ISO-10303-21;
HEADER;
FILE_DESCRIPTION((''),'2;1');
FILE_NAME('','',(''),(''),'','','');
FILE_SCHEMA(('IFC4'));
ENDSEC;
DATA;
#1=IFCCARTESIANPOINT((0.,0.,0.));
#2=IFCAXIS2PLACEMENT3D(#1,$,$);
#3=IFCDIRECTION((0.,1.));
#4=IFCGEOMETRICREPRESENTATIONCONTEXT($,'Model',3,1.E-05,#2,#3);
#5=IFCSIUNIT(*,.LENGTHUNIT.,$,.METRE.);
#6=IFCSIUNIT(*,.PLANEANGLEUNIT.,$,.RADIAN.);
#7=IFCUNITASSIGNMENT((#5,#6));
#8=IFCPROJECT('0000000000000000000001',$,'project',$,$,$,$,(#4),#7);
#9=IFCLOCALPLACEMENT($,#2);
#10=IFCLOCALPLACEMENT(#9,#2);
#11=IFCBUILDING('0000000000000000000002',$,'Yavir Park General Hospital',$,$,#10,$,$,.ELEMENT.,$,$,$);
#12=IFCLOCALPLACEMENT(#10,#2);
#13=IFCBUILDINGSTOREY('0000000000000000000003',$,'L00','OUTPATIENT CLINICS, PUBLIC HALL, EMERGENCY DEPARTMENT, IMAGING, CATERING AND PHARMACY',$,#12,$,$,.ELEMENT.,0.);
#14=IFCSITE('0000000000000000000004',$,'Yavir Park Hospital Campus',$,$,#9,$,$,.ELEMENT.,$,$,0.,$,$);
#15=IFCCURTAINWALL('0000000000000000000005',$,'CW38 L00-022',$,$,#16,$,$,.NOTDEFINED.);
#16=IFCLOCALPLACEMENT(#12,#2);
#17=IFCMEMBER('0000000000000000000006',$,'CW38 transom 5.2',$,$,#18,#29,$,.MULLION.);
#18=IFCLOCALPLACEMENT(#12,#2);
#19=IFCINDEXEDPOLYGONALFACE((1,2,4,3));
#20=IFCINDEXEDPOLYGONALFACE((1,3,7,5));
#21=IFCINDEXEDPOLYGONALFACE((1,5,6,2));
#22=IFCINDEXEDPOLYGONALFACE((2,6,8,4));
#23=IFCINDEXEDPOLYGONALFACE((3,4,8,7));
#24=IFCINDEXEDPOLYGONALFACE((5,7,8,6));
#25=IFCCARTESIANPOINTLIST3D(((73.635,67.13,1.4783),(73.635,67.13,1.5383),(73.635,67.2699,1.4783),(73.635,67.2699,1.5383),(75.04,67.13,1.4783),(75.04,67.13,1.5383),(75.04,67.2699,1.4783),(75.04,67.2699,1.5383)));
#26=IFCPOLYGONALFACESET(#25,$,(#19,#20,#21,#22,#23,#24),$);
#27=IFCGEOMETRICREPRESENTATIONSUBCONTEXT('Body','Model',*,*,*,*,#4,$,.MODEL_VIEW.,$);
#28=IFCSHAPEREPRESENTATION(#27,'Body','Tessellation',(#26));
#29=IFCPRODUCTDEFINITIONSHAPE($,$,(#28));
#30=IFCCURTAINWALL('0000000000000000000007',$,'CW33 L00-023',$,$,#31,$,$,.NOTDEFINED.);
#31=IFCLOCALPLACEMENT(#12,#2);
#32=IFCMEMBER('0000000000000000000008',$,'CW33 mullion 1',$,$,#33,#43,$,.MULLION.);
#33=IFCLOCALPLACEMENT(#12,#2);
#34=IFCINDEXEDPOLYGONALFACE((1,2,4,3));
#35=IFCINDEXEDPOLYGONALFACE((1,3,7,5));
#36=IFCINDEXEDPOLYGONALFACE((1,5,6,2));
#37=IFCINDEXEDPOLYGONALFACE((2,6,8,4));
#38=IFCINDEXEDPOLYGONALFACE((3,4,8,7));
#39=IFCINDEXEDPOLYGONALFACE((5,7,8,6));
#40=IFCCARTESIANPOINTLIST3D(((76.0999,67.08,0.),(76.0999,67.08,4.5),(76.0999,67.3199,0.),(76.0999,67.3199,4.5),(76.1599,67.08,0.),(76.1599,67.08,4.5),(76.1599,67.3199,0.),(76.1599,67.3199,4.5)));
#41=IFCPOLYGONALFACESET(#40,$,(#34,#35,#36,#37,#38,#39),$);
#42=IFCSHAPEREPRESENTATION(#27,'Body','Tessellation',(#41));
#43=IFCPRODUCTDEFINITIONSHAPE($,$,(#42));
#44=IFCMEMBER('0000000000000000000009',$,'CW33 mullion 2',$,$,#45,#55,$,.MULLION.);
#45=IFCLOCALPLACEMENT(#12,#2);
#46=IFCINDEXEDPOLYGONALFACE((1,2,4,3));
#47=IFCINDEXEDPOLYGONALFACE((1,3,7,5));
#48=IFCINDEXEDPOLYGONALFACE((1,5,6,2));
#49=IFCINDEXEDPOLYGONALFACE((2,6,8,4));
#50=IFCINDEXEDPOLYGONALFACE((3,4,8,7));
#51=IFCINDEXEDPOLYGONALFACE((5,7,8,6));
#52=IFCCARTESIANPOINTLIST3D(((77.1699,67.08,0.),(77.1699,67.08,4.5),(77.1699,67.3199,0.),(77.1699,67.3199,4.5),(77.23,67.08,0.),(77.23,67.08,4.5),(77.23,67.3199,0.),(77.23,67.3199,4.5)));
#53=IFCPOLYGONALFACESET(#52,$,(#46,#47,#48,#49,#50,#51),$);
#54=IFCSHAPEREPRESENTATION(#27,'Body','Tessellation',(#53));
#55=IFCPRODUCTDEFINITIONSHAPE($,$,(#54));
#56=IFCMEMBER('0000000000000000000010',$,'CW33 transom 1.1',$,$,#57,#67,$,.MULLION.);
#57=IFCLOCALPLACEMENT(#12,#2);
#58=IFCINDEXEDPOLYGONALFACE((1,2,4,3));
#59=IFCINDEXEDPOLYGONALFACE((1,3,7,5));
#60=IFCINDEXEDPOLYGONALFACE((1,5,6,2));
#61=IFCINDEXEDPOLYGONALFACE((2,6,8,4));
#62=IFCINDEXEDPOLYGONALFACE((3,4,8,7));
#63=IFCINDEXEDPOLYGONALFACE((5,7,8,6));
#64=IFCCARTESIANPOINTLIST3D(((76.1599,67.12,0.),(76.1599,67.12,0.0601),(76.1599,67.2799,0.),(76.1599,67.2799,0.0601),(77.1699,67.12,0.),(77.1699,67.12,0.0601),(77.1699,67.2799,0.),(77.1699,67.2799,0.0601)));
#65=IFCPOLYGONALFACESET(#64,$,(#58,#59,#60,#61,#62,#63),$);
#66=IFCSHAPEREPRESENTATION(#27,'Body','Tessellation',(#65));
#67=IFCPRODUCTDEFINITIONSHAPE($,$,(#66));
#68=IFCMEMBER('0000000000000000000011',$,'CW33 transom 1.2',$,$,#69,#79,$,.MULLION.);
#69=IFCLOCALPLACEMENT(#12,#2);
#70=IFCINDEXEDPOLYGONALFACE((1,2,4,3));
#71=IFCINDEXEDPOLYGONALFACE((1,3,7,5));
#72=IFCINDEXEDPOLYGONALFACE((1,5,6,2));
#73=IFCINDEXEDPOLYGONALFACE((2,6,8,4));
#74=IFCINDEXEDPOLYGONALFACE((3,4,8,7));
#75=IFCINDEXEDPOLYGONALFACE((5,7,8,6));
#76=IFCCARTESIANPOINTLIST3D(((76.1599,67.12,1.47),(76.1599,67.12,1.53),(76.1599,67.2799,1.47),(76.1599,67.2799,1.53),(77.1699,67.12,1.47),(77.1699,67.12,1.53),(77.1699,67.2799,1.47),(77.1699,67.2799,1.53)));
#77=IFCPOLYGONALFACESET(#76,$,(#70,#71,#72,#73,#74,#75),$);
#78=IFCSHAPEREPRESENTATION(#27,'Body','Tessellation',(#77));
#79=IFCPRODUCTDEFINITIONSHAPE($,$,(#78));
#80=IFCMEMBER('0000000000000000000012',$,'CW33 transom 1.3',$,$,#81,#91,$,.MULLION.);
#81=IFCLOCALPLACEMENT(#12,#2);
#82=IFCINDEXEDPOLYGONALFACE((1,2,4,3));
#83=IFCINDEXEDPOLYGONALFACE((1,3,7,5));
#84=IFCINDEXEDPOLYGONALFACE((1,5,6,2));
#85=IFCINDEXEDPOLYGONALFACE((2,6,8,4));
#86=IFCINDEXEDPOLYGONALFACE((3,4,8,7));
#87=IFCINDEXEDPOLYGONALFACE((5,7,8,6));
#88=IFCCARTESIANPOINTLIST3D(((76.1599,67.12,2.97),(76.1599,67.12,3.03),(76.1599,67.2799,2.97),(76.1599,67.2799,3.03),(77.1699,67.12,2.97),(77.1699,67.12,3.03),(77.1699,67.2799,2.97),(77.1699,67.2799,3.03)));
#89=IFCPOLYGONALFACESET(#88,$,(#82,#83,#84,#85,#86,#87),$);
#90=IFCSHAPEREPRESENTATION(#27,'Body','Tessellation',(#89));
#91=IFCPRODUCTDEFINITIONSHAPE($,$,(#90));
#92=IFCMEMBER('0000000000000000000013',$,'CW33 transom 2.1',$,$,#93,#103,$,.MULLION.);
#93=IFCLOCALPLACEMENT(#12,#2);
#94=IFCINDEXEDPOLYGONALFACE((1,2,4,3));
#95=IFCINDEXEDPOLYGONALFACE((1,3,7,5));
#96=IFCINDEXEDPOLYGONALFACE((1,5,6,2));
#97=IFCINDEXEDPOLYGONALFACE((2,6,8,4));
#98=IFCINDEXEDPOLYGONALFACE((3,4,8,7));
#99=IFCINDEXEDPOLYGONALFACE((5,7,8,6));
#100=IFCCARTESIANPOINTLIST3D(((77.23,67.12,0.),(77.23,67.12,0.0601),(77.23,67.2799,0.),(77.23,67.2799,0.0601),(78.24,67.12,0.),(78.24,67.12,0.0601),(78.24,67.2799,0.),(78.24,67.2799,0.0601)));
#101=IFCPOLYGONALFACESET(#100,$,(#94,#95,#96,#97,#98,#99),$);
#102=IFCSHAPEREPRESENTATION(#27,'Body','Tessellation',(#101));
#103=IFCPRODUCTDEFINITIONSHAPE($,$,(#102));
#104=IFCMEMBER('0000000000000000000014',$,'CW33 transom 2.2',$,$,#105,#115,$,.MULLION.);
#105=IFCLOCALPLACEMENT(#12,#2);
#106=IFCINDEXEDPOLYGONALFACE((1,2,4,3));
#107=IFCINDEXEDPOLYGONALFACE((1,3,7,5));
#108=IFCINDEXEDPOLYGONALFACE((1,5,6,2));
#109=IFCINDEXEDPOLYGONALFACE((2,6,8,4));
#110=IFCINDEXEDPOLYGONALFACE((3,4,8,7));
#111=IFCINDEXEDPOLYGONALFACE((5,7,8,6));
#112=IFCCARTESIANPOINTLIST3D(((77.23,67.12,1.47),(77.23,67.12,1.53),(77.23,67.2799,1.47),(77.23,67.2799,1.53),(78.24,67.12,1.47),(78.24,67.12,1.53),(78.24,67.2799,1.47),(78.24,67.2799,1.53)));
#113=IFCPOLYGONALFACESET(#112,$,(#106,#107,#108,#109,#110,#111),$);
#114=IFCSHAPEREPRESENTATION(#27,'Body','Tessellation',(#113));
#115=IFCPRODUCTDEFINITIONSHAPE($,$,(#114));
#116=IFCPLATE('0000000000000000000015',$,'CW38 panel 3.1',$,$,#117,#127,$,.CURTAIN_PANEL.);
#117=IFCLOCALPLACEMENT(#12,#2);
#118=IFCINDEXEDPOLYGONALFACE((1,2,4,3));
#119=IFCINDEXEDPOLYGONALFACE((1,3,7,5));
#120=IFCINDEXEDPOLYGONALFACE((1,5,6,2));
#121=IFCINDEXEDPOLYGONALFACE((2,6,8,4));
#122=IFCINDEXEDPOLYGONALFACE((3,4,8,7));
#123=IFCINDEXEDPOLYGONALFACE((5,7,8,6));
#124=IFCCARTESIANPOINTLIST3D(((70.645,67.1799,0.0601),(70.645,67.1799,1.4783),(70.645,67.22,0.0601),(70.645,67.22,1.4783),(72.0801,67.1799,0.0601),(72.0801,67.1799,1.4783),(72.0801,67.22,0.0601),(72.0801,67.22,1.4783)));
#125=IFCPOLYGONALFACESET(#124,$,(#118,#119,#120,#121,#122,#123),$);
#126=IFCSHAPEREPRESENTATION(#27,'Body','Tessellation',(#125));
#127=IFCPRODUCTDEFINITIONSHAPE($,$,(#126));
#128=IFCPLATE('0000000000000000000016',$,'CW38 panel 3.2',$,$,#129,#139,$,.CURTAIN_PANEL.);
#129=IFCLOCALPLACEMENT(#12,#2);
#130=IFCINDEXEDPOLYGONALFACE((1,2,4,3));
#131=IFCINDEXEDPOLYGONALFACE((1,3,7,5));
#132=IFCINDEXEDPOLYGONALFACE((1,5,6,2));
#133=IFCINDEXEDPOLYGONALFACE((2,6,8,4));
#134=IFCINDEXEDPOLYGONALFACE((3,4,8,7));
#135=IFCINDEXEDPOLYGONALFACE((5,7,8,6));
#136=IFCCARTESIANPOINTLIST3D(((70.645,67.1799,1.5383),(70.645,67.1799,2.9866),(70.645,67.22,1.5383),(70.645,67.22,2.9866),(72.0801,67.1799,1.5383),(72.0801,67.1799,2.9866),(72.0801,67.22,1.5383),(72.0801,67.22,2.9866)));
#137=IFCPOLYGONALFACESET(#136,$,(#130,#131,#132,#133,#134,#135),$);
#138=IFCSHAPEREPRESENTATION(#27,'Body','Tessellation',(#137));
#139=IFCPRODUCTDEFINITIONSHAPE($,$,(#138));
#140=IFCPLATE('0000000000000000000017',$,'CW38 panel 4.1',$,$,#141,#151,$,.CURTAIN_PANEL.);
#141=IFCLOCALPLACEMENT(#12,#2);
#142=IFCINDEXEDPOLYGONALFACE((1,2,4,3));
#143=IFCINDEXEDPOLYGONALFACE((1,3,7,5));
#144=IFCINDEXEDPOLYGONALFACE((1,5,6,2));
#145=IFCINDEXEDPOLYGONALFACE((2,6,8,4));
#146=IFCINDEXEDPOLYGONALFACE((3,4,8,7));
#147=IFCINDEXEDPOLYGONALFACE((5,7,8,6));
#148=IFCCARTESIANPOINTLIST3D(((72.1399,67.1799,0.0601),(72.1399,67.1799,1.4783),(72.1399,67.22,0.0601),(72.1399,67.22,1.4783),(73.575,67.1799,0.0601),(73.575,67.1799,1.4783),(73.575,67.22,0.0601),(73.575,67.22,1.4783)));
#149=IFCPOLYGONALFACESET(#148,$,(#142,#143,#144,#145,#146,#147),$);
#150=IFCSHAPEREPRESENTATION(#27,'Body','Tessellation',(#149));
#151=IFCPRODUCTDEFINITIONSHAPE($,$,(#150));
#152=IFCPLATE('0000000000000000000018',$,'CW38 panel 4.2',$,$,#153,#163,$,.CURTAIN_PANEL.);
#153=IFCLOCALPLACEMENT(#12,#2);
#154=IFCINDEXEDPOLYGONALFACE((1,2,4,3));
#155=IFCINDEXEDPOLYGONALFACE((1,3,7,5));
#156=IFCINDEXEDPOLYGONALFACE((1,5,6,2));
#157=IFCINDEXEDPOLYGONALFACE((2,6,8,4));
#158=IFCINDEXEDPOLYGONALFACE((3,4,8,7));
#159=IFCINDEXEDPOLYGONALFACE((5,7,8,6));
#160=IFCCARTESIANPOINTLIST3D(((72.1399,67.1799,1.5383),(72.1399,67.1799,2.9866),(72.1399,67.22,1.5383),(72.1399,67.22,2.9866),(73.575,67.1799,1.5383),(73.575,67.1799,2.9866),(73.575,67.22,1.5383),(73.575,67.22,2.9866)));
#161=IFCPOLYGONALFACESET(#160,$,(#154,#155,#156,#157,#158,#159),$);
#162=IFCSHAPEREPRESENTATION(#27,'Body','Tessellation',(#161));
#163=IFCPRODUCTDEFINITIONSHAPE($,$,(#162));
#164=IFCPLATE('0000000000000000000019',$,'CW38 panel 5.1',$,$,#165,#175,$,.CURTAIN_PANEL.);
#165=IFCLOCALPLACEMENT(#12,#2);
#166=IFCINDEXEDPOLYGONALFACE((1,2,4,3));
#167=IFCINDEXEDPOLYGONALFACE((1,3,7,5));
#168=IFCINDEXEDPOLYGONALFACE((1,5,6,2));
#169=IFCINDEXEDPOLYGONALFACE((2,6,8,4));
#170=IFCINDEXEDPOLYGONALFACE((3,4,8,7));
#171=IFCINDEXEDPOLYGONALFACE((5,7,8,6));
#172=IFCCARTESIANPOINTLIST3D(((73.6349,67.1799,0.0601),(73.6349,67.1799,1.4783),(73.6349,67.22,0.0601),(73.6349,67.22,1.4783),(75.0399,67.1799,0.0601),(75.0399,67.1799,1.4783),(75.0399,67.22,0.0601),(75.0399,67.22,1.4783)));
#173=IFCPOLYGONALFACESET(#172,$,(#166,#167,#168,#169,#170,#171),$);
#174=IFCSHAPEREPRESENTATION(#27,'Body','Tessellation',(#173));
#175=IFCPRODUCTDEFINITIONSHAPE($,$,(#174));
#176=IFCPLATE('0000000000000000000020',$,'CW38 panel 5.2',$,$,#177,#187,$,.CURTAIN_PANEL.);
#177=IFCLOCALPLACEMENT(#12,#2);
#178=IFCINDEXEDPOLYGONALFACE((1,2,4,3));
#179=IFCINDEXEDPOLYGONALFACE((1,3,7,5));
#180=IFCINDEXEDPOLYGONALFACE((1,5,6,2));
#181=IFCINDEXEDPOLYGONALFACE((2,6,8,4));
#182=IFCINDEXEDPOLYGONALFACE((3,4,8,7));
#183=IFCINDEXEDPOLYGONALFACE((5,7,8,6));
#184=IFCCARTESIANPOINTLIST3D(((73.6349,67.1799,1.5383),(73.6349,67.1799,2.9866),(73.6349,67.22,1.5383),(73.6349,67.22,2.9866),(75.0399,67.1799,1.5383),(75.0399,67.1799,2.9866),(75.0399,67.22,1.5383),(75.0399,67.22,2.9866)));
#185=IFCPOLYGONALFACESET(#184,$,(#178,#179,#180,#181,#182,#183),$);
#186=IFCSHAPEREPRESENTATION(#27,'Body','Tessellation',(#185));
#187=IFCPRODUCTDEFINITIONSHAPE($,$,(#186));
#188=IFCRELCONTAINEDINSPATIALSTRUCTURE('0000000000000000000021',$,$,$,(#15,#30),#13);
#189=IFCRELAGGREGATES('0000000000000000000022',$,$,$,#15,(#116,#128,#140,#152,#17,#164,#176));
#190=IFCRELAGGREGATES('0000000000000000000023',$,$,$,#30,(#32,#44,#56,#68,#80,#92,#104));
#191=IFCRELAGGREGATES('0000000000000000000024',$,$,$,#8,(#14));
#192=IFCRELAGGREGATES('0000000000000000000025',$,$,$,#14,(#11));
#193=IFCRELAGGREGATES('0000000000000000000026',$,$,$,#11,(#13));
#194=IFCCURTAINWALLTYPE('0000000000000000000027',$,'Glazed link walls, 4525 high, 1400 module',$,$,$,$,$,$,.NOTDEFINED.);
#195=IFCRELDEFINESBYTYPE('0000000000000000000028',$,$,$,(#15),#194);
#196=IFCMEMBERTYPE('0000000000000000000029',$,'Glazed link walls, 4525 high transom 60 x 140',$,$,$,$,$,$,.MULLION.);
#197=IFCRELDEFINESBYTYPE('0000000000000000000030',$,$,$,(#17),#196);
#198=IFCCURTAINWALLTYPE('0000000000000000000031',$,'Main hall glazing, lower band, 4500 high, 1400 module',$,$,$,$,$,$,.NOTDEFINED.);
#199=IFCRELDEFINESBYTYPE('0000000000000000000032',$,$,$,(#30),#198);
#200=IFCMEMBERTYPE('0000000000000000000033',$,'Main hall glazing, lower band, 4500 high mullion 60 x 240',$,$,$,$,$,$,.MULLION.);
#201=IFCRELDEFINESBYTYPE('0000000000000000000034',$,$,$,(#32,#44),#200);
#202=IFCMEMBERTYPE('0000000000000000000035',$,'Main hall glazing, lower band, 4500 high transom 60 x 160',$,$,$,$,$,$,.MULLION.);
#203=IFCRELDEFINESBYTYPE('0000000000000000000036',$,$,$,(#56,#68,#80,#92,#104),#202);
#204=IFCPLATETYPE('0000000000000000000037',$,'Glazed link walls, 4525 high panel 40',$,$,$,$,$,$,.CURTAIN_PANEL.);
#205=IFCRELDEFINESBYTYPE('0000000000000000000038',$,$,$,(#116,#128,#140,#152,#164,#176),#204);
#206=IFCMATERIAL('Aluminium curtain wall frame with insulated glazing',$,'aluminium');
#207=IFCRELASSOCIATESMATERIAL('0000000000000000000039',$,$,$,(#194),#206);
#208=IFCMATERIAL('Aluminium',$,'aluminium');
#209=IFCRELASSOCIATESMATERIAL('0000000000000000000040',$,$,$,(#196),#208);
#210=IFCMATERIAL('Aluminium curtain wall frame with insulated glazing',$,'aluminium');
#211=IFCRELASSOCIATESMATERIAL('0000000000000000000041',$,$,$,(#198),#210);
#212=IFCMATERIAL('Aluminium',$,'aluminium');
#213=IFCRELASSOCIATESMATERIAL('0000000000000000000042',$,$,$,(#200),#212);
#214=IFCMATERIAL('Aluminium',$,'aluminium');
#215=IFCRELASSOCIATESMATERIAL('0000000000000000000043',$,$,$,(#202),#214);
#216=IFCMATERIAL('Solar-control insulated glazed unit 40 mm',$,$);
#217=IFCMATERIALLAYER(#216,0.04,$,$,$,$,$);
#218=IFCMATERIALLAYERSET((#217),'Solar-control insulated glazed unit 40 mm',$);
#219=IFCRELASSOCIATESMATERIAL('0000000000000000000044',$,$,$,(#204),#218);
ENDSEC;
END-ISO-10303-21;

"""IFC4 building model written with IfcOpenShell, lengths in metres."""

from ifc_helpers import new_model, si_unit, direction, frame, origin, origin_2d, place, context, subcontext, project, spatial, rectangle, extrude, material, layer, layer_set, material_profile, profile_set, type_object, element, aggregate, save


model = new_model("IFC4")

# Units and contexts
model_context = context("Model", 3, precision=1e-05, world=origin(), true_north=direction((0.0, 1.0)))
body_context = subcontext(model_context, "Body", "Model", "MODEL_VIEW")
ifc_project = project(units=[si_unit("LENGTHUNIT", "METRE"), si_unit("PLANEANGLEUNIT", "RADIAN")], contexts=[model_context])

# Site, building, storey
site_placement = place(None, origin())
site = spatial("IfcSite", under=ifc_project, at=site_placement, Name="Yavir Park Hospital Campus", CompositionType="ELEMENT", RefElevation=0.0)
building_placement = place(site_placement, origin())
building = spatial("IfcBuilding", under=site, at=building_placement, Name="Yavir Park General Hospital", CompositionType="ELEMENT")
storey_placement = place(building_placement, origin())
storey = spatial("IfcBuildingStorey", under=building, at=storey_placement, Name="L00", Description="OUTPATIENT CLINICS, PUBLIC HALL, EMERGENCY DEPARTMENT, IMAGING, CATERING AND PHARMACY", CompositionType="ELEMENT", Elevation=0.0)

# Curtain walls, members
ifc_material_1 = material(Name="Aluminium curtain wall frame with insulated glazing", Category="aluminium")
curtain_wall_type_1 = type_object("IfcCurtainWallType", Name="Glazed link walls, 4525 high, 1400 module", PredefinedType="NOTDEFINED", material=ifc_material_1)
curtain_wall_1_placement = place(storey_placement, origin())
curtain_wall_1 = element("IfcCurtainWall", 1, at=curtain_wall_1_placement, inside=storey, type_object=curtain_wall_type_1, Name="CW38 L00-022", PredefinedType="NOTDEFINED")
ifc_material_2 = material(Name="Aluminium", Category="aluminium")
ifc_material_profile_1 = material_profile(ifc_material_2, rectangle(XDim=0.1399, YDim=0.0601, at=origin_2d()), Name="AL 140x60")
ifc_profile_set_1 = profile_set([ifc_material_profile_1], Name="Aluminium")
member_type_1 = type_object("IfcMemberType", Name="Glazed link walls, 4525 high transom 60 x 140", PredefinedType="MULLION", material=ifc_profile_set_1)
member_1_placement = place(storey_placement, frame((73.635, 67.2, 1.5083), z_axis=(1.0, 0.0, 0.0), x_axis=(0.0, 1.0, 0.0)))
member_1 = element("IfcMember", 2, at=member_1_placement, type_object=member_type_1, Name="CW38 transom 5.2", PredefinedType="MULLION", context=body_context, shape_type="SweptSolid", body=[
    extrude(rectangle(XDim=0.1399, YDim=0.0601, at=origin_2d()), origin(), (0.0, 0.0, 1.0), 1.405),
])
ifc_material_3 = material(Name="Aluminium curtain wall frame with insulated glazing", Category="aluminium")
curtain_wall_type_2 = type_object("IfcCurtainWallType", Name="Main hall glazing, lower band, 4500 high, 1400 module", PredefinedType="NOTDEFINED", material=ifc_material_3)
curtain_wall_2_placement = place(storey_placement, origin())
curtain_wall_2 = element("IfcCurtainWall", 3, at=curtain_wall_2_placement, inside=storey, type_object=curtain_wall_type_2, Name="CW33 L00-023", PredefinedType="NOTDEFINED")
ifc_material_4 = material(Name="Aluminium", Category="aluminium")
ifc_material_profile_2 = material_profile(ifc_material_4, rectangle(XDim=0.24, YDim=0.0601, at=origin_2d()), Name="AL 60x240")
ifc_profile_set_2 = profile_set([ifc_material_profile_2], Name="Aluminium")
member_type_2 = type_object("IfcMemberType", Name="Main hall glazing, lower band, 4500 high mullion 60 x 240", PredefinedType="MULLION", material=ifc_profile_set_2)
member_2_placement = place(storey_placement, frame((76.1299, 67.2, 0.0), z_axis=(0.0, 0.0, 1.0), x_axis=(0.0, 1.0, 0.0)))
member_2 = element("IfcMember", 4, at=member_2_placement, type_object=member_type_2, Name="CW33 mullion 1", PredefinedType="MULLION", context=body_context, shape_type="SweptSolid", body=[
    extrude(rectangle(XDim=0.24, YDim=0.0601, at=origin_2d()), origin(), (0.0, 0.0, 1.0), 4.5),
])
member_3_placement = place(storey_placement, frame((77.2, 67.2, 0.0), z_axis=(0.0, 0.0, 1.0), x_axis=(0.0, 1.0, 0.0)))
member_3 = element("IfcMember", 5, at=member_3_placement, type_object=member_type_2, Name="CW33 mullion 2", PredefinedType="MULLION", context=body_context, shape_type="SweptSolid", body=[
    extrude(rectangle(XDim=0.24, YDim=0.0601, at=origin_2d()), origin(), (0.0, 0.0, 1.0), 4.5),
])
ifc_material_5 = material(Name="Aluminium", Category="aluminium")
ifc_material_profile_3 = material_profile(ifc_material_5, rectangle(XDim=0.1599, YDim=0.0601, at=origin_2d()), Name="AL 160x60")
ifc_profile_set_3 = profile_set([ifc_material_profile_3], Name="Aluminium")
member_type_3 = type_object("IfcMemberType", Name="Main hall glazing, lower band, 4500 high transom 60 x 160", PredefinedType="MULLION", material=ifc_profile_set_3)
member_4_placement = place(storey_placement, frame((76.1599, 67.2, 0.03), z_axis=(1.0, 0.0, 0.0), x_axis=(0.0, 1.0, 0.0)))
member_4 = element("IfcMember", 6, at=member_4_placement, type_object=member_type_3, Name="CW33 transom 1.1", PredefinedType="MULLION", context=body_context, shape_type="SweptSolid", body=[
    extrude(rectangle(XDim=0.1599, YDim=0.0601, at=origin_2d()), origin(), (0.0, 0.0, 1.0), 1.01),
])
member_5_placement = place(storey_placement, frame((76.1599, 67.2, 1.5), z_axis=(1.0, 0.0, 0.0), x_axis=(0.0, 1.0, 0.0)))
member_5 = element("IfcMember", 7, at=member_5_placement, type_object=member_type_3, Name="CW33 transom 1.2", PredefinedType="MULLION", context=body_context, shape_type="SweptSolid", body=[
    extrude(rectangle(XDim=0.1599, YDim=0.0601, at=origin_2d()), origin(), (0.0, 0.0, 1.0), 1.01),
])
member_6_placement = place(storey_placement, frame((76.1599, 67.2, 3.0), z_axis=(1.0, 0.0, 0.0), x_axis=(0.0, 1.0, 0.0)))
member_6 = element("IfcMember", 8, at=member_6_placement, type_object=member_type_3, Name="CW33 transom 1.3", PredefinedType="MULLION", context=body_context, shape_type="SweptSolid", body=[
    extrude(rectangle(XDim=0.1599, YDim=0.0601, at=origin_2d()), origin(), (0.0, 0.0, 1.0), 1.01),
])
member_7_placement = place(storey_placement, frame((77.23, 67.2, 0.03), z_axis=(1.0, 0.0, 0.0), x_axis=(0.0, 1.0, 0.0)))
member_7 = element("IfcMember", 9, at=member_7_placement, type_object=member_type_3, Name="CW33 transom 2.1", PredefinedType="MULLION", context=body_context, shape_type="SweptSolid", body=[
    extrude(rectangle(XDim=0.1599, YDim=0.0601, at=origin_2d()), origin(), (0.0, 0.0, 1.0), 1.01),
])
member_8_placement = place(storey_placement, frame((77.23, 67.2, 1.5), z_axis=(1.0, 0.0, 0.0), x_axis=(0.0, 1.0, 0.0)))
member_8 = element("IfcMember", 10, at=member_8_placement, type_object=member_type_3, Name="CW33 transom 2.2", PredefinedType="MULLION", context=body_context, shape_type="SweptSolid", body=[
    extrude(rectangle(XDim=0.1599, YDim=0.0601, at=origin_2d()), origin(), (0.0, 0.0, 1.0), 1.01),
])

# Plates
ifc_material_6 = material(Name="Solar-control insulated glazed unit 40 mm")
ifc_layer_1 = layer(ifc_material_6, 0.04)
ifc_layer_set_1 = layer_set([ifc_layer_1], Name="Solar-control insulated glazed unit 40 mm")
plate_type_1 = type_object("IfcPlateType", Name="Glazed link walls, 4525 high panel 40", PredefinedType="CURTAIN_PANEL", material=ifc_layer_set_1)
plate_1_placement = place(storey_placement, frame((71.3625, 67.2, 0.0601), z_axis=(0.0, 0.0, 1.0), x_axis=(1.0, 0.0, 0.0)))
plate_1 = element("IfcPlate", 11, at=plate_1_placement, type_object=plate_type_1, Name="CW38 panel 3.1", PredefinedType="CURTAIN_PANEL", context=body_context, shape_type="SweptSolid", body=[
    extrude(rectangle(XDim=1.4351, YDim=0.04, at=origin_2d()), origin(), (0.0, 0.0, 1.0), 1.4182),
])
plate_2_placement = place(storey_placement, frame((71.3625, 67.2, 1.5383), z_axis=(0.0, 0.0, 1.0), x_axis=(1.0, 0.0, 0.0)))
plate_2 = element("IfcPlate", 12, at=plate_2_placement, type_object=plate_type_1, Name="CW38 panel 3.2", PredefinedType="CURTAIN_PANEL", context=body_context, shape_type="SweptSolid", body=[
    extrude(rectangle(XDim=1.4351, YDim=0.04, at=origin_2d()), origin(), (0.0, 0.0, 1.0), 1.4482),
])
plate_3_placement = place(storey_placement, frame((72.8574, 67.2, 0.0601), z_axis=(0.0, 0.0, 1.0), x_axis=(1.0, 0.0, 0.0)))
plate_3 = element("IfcPlate", 13, at=plate_3_placement, type_object=plate_type_1, Name="CW38 panel 4.1", PredefinedType="CURTAIN_PANEL", context=body_context, shape_type="SweptSolid", body=[
    extrude(rectangle(XDim=1.4351, YDim=0.04, at=origin_2d()), origin(), (0.0, 0.0, 1.0), 1.4182),
])
plate_4_placement = place(storey_placement, frame((72.8574, 67.2, 1.5383), z_axis=(0.0, 0.0, 1.0), x_axis=(1.0, 0.0, 0.0)))
plate_4 = element("IfcPlate", 14, at=plate_4_placement, type_object=plate_type_1, Name="CW38 panel 4.2", PredefinedType="CURTAIN_PANEL", context=body_context, shape_type="SweptSolid", body=[
    extrude(rectangle(XDim=1.4351, YDim=0.04, at=origin_2d()), origin(), (0.0, 0.0, 1.0), 1.4482),
])
plate_5_placement = place(storey_placement, frame((74.3374, 67.2, 0.0601), z_axis=(0.0, 0.0, 1.0), x_axis=(1.0, 0.0, 0.0)))
plate_5 = element("IfcPlate", 15, at=plate_5_placement, type_object=plate_type_1, Name="CW38 panel 5.1", PredefinedType="CURTAIN_PANEL", context=body_context, shape_type="SweptSolid", body=[
    extrude(rectangle(XDim=1.405, YDim=0.04, at=origin_2d()), origin(), (0.0, 0.0, 1.0), 1.4182),
])
plate_6_placement = place(storey_placement, frame((74.3374, 67.2, 1.5383), z_axis=(0.0, 0.0, 1.0), x_axis=(1.0, 0.0, 0.0)))
plate_6 = element("IfcPlate", 16, at=plate_6_placement, type_object=plate_type_1, Name="CW38 panel 5.2", PredefinedType="CURTAIN_PANEL", context=body_context, shape_type="SweptSolid", body=[
    extrude(rectangle(XDim=1.405, YDim=0.04, at=origin_2d()), origin(), (0.0, 0.0, 1.0), 1.4482),
])
aggregate(curtain_wall_1, [plate_1, plate_2, plate_3, plate_4, member_1, plate_5, plate_6])
aggregate(curtain_wall_2, [member_2, member_3, member_4, member_5, member_6, member_7, member_8])

save(model, "model.ifc")
